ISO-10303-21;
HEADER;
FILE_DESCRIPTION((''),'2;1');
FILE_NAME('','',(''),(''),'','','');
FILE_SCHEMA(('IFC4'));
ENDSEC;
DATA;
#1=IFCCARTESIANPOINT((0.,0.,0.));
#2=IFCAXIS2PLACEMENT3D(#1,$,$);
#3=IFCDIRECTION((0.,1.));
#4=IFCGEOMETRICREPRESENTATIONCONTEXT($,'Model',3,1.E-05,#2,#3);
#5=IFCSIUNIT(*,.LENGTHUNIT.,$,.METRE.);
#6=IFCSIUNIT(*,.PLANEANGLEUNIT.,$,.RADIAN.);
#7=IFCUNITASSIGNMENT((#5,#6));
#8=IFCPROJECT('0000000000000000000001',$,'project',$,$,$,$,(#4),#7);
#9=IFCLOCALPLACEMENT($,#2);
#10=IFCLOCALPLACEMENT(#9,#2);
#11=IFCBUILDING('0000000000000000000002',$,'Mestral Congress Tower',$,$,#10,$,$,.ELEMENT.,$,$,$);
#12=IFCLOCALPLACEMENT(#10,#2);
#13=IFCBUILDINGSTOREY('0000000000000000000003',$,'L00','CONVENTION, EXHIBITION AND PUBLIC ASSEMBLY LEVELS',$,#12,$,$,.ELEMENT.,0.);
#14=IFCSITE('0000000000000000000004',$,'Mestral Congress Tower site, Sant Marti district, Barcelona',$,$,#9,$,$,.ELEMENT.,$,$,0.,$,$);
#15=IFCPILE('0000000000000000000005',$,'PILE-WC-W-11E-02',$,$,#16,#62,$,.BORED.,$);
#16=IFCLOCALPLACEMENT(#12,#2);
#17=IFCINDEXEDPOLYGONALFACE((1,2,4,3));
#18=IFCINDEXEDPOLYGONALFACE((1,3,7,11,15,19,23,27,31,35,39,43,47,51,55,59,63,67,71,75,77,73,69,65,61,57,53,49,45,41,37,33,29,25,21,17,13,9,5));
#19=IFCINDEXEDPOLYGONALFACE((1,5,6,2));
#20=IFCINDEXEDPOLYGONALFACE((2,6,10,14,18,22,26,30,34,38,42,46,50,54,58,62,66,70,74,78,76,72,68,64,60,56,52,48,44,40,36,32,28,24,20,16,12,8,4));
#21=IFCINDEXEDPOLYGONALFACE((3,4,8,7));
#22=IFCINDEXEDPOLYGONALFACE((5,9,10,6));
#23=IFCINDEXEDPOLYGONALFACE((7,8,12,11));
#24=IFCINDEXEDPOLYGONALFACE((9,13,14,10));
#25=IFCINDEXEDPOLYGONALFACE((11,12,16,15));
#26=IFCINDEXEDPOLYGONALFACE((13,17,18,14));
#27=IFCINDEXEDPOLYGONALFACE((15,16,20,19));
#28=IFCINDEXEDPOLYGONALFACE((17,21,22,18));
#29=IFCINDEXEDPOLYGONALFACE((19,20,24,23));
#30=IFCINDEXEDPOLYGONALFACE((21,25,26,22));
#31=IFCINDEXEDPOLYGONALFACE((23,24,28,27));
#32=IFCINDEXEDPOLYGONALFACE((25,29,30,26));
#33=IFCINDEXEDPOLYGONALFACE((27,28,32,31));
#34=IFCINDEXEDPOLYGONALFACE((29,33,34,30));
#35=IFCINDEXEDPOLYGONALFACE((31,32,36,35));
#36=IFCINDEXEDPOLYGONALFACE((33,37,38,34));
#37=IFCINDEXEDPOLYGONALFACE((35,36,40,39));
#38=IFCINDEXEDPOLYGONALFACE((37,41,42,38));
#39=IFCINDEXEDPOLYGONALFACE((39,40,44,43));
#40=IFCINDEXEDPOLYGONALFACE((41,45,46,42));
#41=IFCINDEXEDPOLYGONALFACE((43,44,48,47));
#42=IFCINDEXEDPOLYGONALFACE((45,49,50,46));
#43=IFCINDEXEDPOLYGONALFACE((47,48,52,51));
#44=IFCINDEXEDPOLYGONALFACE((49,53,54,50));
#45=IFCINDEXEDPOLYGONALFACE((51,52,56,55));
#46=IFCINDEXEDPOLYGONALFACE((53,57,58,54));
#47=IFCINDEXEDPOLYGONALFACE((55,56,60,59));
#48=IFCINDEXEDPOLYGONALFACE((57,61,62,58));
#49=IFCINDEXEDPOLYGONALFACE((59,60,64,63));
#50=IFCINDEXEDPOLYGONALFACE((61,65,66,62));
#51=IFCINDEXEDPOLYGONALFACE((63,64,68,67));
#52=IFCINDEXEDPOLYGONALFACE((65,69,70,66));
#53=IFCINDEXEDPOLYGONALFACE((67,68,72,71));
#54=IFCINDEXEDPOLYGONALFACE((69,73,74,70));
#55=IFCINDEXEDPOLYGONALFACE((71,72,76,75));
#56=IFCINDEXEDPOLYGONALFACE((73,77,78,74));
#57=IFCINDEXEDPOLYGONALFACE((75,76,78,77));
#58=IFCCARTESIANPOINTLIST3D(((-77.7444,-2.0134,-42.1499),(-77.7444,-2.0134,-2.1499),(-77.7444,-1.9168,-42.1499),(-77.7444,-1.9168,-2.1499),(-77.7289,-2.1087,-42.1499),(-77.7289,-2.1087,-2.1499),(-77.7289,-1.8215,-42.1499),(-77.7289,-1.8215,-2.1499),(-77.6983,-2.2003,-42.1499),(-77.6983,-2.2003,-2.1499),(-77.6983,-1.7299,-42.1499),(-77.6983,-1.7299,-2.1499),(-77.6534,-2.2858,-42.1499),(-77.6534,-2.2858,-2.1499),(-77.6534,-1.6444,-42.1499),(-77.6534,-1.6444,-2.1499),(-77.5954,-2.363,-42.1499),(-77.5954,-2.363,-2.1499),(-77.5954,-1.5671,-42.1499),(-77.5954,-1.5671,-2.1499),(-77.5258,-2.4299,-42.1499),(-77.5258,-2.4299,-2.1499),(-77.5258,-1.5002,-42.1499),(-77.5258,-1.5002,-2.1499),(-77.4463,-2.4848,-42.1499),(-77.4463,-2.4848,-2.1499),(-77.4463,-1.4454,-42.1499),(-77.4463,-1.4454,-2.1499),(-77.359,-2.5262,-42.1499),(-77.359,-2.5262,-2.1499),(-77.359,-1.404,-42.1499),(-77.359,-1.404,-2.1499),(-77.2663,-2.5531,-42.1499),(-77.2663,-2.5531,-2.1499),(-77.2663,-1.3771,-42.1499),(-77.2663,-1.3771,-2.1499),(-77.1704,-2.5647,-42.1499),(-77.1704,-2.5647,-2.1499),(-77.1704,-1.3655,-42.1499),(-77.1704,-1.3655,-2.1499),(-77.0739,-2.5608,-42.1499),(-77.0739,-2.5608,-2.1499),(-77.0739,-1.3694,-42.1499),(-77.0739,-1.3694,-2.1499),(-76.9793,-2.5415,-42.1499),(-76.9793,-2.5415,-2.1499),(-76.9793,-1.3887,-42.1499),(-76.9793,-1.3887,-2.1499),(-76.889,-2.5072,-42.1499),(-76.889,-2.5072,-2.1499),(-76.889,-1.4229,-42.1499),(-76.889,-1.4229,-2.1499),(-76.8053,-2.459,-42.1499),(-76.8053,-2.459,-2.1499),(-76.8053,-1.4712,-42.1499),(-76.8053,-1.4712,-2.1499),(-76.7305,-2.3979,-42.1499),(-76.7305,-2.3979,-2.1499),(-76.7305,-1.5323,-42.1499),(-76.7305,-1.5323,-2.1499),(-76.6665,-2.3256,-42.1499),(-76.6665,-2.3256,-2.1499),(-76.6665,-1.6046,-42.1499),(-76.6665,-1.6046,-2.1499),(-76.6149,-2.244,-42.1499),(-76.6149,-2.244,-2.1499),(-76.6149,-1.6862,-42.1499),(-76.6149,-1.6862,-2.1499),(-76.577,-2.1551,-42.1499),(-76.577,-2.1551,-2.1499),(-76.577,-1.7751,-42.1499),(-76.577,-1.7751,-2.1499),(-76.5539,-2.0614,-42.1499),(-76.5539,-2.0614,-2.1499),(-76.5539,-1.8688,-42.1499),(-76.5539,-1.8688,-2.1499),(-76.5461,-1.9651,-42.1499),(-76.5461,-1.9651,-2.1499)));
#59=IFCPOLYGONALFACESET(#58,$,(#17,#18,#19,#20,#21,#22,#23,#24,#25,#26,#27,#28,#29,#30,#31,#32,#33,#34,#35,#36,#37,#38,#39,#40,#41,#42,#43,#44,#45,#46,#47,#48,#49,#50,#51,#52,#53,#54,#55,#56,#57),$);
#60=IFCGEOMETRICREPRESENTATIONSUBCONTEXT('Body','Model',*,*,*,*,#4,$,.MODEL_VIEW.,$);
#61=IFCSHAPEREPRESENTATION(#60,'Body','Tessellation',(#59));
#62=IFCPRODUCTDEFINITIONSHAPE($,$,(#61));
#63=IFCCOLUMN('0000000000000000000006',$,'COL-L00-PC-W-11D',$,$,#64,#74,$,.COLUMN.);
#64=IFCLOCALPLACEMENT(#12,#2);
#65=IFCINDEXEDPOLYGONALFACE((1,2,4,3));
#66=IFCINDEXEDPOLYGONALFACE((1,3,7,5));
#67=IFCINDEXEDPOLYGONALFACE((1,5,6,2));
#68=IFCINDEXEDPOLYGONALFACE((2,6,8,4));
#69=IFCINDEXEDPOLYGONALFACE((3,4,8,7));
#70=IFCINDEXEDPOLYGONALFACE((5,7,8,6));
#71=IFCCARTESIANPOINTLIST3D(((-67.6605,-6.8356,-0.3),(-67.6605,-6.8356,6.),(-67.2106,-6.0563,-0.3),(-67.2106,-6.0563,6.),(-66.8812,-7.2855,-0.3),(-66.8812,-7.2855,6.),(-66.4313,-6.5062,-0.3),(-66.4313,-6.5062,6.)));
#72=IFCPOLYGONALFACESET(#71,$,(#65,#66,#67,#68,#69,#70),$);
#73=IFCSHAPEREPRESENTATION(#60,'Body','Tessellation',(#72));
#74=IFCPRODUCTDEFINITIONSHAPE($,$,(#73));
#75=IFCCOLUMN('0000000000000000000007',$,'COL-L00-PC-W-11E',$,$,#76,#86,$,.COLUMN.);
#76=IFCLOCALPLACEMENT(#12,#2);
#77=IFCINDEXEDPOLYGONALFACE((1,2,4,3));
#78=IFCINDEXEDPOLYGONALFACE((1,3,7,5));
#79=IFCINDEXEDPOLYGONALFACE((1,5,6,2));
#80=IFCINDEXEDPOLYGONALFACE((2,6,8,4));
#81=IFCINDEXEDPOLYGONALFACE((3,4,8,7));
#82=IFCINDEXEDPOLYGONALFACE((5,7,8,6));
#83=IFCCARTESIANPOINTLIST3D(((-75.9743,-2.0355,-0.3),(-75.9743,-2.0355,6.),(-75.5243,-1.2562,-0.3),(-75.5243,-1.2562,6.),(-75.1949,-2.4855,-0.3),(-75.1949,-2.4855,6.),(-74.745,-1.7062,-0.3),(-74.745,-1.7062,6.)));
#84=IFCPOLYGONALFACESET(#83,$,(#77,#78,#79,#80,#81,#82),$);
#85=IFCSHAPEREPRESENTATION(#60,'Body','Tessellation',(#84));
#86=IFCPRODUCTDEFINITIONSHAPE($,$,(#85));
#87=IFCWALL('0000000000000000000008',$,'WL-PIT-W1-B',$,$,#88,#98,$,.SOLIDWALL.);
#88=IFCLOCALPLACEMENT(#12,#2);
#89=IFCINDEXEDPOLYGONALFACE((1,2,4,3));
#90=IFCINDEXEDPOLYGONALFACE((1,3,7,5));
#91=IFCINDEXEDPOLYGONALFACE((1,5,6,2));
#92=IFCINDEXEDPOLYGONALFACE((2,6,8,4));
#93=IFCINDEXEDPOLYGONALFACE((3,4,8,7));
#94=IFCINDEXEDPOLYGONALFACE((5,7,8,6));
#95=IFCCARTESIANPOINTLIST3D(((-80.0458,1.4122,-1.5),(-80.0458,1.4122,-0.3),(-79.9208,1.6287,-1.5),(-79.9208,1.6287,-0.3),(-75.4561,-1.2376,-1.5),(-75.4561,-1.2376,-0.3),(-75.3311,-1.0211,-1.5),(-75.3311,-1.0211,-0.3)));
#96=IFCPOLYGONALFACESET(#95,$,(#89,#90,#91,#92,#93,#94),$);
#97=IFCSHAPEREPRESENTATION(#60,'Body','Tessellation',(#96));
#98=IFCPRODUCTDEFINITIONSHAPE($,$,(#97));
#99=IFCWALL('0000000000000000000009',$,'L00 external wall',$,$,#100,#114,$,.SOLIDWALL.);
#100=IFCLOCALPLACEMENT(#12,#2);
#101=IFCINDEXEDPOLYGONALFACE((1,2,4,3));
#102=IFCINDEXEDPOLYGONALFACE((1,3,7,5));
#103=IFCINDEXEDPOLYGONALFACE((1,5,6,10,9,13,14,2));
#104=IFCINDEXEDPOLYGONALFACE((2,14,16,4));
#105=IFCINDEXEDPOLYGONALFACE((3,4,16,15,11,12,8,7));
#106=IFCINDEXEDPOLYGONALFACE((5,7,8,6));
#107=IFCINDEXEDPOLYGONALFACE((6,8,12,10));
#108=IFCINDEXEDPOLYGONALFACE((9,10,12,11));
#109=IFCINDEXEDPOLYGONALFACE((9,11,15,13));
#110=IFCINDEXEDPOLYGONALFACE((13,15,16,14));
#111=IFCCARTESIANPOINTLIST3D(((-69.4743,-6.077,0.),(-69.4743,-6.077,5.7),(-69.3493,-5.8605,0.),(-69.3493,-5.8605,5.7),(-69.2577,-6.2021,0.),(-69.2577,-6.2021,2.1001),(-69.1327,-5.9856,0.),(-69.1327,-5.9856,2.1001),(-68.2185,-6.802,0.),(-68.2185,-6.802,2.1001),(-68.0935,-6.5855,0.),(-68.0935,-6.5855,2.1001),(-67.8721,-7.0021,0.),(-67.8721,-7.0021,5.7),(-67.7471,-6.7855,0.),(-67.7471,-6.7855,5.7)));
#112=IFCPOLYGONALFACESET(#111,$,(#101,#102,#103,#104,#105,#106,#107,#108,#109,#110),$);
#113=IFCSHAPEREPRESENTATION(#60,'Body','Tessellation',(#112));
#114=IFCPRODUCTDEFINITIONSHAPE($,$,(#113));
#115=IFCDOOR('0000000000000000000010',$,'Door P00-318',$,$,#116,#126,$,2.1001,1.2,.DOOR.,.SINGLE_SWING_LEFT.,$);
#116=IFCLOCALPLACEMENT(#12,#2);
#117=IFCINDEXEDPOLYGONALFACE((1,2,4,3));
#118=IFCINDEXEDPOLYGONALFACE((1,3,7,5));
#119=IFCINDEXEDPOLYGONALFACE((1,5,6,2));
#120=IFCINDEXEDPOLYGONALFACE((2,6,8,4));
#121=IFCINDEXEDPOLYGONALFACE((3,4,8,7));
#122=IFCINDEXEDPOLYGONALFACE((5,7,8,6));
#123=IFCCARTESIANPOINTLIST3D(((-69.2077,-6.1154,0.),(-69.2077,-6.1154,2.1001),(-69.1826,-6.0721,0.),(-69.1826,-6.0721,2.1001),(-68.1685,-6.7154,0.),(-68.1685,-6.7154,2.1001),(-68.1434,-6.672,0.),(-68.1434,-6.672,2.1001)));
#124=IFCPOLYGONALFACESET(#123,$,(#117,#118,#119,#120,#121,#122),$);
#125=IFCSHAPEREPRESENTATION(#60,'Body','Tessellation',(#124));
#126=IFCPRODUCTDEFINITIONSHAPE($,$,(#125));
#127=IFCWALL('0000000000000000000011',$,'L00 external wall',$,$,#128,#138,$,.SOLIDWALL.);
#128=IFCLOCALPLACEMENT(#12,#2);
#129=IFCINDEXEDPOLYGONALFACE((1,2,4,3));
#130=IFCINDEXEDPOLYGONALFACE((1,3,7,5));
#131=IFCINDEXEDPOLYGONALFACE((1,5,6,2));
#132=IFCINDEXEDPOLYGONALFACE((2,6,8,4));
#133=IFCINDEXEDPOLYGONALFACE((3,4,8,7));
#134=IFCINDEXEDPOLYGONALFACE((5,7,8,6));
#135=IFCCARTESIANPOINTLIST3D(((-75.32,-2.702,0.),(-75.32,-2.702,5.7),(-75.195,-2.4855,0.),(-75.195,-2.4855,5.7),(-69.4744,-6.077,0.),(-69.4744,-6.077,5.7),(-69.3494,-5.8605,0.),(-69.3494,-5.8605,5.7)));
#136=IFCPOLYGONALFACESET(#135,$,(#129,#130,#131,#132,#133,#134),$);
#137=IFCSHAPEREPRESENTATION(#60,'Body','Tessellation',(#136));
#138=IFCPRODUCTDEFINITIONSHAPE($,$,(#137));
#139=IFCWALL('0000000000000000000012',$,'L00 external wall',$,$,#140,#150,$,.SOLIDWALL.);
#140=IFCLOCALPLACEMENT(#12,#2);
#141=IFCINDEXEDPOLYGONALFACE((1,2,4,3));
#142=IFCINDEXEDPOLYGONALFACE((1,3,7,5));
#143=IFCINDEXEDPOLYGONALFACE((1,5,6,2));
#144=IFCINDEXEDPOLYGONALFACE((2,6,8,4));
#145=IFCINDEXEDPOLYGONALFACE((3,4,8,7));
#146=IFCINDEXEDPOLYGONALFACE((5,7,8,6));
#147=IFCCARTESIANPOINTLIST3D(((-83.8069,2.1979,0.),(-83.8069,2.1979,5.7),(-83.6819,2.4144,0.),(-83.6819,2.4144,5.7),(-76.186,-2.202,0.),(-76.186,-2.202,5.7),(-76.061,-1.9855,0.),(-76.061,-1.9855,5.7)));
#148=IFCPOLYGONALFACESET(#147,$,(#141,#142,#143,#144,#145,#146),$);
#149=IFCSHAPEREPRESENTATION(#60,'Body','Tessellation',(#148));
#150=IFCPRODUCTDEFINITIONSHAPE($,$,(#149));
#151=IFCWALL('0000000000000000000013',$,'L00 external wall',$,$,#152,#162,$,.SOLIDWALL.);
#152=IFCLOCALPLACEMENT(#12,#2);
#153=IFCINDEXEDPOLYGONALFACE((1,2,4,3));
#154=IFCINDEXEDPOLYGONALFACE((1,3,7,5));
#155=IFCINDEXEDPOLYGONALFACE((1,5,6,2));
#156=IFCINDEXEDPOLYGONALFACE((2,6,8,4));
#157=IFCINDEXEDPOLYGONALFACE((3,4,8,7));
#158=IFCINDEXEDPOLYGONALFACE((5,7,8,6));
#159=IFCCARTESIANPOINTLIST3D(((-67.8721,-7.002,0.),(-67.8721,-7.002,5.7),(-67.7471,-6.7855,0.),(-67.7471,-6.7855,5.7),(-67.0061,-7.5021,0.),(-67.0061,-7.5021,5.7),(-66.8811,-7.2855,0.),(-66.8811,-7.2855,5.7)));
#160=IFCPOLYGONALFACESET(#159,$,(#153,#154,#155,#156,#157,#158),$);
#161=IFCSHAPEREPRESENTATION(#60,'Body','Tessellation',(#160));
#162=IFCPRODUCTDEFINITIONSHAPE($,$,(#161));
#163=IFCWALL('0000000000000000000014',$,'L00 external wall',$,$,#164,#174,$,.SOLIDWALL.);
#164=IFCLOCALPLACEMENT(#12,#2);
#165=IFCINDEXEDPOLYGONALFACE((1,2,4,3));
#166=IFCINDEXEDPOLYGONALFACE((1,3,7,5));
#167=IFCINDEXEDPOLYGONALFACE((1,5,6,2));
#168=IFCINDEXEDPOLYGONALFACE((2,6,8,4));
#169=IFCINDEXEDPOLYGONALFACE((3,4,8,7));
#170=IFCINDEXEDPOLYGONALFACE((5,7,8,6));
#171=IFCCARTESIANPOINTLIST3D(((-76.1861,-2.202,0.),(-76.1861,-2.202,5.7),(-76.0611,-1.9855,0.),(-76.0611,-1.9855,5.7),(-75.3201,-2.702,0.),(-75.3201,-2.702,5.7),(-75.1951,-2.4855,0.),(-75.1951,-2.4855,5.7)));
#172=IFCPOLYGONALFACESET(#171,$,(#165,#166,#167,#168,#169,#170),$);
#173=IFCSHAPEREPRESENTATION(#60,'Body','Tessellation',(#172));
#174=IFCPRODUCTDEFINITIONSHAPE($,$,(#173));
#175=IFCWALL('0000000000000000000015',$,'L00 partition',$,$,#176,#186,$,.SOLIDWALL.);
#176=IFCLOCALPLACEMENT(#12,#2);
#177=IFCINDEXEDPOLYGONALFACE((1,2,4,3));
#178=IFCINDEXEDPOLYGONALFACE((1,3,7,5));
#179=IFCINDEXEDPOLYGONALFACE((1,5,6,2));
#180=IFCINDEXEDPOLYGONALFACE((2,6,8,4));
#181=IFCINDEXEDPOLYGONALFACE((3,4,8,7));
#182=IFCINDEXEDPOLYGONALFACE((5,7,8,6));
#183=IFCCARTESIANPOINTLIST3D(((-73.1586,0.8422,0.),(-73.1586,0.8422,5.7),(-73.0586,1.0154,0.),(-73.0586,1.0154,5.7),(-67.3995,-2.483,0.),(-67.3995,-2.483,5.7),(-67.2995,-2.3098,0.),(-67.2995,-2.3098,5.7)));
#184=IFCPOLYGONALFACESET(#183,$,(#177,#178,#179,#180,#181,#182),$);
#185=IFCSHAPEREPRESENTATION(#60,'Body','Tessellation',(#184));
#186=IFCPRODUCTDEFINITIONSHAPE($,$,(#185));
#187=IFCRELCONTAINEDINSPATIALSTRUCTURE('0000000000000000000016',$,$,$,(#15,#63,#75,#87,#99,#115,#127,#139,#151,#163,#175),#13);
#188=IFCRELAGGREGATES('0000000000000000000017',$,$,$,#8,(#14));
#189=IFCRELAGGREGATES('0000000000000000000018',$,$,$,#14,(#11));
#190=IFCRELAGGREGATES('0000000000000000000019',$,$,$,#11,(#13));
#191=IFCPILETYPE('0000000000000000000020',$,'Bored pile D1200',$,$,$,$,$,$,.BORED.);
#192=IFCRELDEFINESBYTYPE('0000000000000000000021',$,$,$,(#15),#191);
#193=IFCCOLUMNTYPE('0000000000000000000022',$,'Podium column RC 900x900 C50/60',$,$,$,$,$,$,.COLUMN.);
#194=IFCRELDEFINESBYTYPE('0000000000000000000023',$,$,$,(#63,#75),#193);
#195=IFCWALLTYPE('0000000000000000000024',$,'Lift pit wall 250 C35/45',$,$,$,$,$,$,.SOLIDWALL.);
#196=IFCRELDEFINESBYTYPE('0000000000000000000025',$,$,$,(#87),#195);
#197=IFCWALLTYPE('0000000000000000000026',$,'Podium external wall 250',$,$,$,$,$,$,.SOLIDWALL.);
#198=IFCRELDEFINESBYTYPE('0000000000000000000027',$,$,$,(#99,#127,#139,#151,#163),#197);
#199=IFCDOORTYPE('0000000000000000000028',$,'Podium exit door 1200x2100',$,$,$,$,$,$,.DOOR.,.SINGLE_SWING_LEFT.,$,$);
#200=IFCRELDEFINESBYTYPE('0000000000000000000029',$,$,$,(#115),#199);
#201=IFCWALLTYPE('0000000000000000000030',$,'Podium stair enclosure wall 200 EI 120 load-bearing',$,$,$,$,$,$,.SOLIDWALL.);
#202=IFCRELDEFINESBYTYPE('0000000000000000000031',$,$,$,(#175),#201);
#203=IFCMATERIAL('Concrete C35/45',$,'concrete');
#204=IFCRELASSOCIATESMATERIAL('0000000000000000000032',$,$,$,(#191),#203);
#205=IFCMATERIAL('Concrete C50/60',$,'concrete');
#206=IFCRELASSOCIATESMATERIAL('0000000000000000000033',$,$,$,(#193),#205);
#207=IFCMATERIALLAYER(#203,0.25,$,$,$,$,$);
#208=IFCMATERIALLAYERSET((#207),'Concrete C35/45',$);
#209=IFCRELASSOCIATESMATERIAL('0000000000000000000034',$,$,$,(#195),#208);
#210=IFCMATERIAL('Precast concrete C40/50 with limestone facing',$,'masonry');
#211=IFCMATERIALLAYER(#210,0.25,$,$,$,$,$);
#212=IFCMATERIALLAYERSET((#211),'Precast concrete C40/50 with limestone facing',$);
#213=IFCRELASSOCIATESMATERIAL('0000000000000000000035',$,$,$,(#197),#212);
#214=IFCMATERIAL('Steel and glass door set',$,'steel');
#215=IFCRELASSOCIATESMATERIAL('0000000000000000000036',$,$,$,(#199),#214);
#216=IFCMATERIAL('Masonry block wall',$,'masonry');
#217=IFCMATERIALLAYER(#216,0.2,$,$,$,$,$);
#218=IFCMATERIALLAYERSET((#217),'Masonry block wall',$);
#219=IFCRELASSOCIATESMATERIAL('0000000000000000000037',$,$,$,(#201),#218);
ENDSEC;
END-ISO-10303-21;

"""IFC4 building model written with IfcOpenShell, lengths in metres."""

from ifc_helpers import new_model, si_unit, direction, frame, frame_2d, origin, origin_2d, place, context, subcontext, project, spatial, rectangle, circle, extrude, material, layer, layer_set, material_profile, profile_set, type_object, element, fill, save


model = new_model("IFC4")

# Units and contexts
model_context = context("Model", 3, precision=1e-05, world=origin(), true_north=direction((0.0, 1.0)))
body_context = subcontext(model_context, "Body", "Model", "MODEL_VIEW")
ifc_project = project(units=[si_unit("LENGTHUNIT", "METRE"), si_unit("PLANEANGLEUNIT", "RADIAN")], contexts=[model_context])

# Site, building, storey
site_placement = place(None, origin())
site = spatial("IfcSite", under=ifc_project, at=site_placement, Name="Mestral Congress Tower site, Sant Marti district, Barcelona", CompositionType="ELEMENT", RefElevation=0.0)
building_placement = place(site_placement, origin())
building = spatial("IfcBuilding", under=site, at=building_placement, Name="Mestral Congress Tower", CompositionType="ELEMENT")
storey_placement = place(building_placement, origin())
storey = spatial("IfcBuildingStorey", under=building, at=storey_placement, Name="L00", Description="CONVENTION, EXHIBITION AND PUBLIC ASSEMBLY LEVELS", CompositionType="ELEMENT", Elevation=0.0)

# Pile
ifc_material_1 = material(Name="Concrete C35/45", Category="concrete")
ifc_material_profile_1 = material_profile(ifc_material_1, circle(Radius=0.6001, at=origin_2d()), Name="D1200")
ifc_profile_set_1 = profile_set([ifc_material_profile_1], Name="Concrete C35/45")
pile_type = type_object("IfcPileType", Name="Bored pile D1200", PredefinedType="BORED", material=ifc_profile_set_1)
for number, where, z_axis, x_axis, name in (
    (1, (-77.1462, -1.9651, -2.1499), (0.0, 0.0, -1.0), (1.0, 0.0, 0.0), "PILE-WC-W-11E-02"),
):
    element("IfcPile", number, at=place(storey_placement, frame(where, z_axis=z_axis, x_axis=x_axis)), inside=storey, type_object=pile_type, Name=name, PredefinedType="BORED", context=body_context, shape_type="SweptSolid", body=[
        extrude(circle(Radius=0.6001, at=origin_2d()), origin(), (0.0, 0.0, 1.0), 40.0),
    ])

# Columns
ifc_material_2 = material(Name="Concrete C50/60", Category="concrete")
ifc_material_profile_2 = material_profile(ifc_material_2, rectangle(XDim=0.8999, YDim=0.8999, at=origin_2d()), Name="RC 900x900")
ifc_profile_set_2 = profile_set([ifc_material_profile_2], Name="Concrete C50/60")
column_type = type_object("IfcColumnType", Name="Podium column RC 900x900 C50/60", PredefinedType="COLUMN", material=ifc_profile_set_2)
for number, where, z_axis, x_axis, name in (
    (2, (-67.0459, -6.6709, -0.3), (0.0, 0.0, 1.0), (-0.5, -0.866025, 0.0), "COL-L00-PC-W-11D"),
    (3, (-75.3596, -1.8708, -0.3), (0.0, 0.0, 1.0), (-0.5, -0.866025, 0.0), "COL-L00-PC-W-11E"),
):
    element("IfcColumn", number, at=place(storey_placement, frame(where, z_axis=z_axis, x_axis=x_axis)), inside=storey, type_object=column_type, Name=name, PredefinedType="COLUMN", context=body_context, shape_type="SweptSolid", body=[
        extrude(rectangle(XDim=0.8999, YDim=0.8999, at=origin_2d()), origin(), (0.0, 0.0, 1.0), 6.3),
    ])

# Wall
ifc_layer_1 = layer(ifc_material_1, 0.25)
ifc_layer_set_1 = layer_set([ifc_layer_1], Name="Concrete C35/45")
wall_type_1 = type_object("IfcWallType", Name="Lift pit wall 250 C35/45", PredefinedType="SOLIDWALL", material=ifc_layer_set_1)
wall_1_placement = place(storey_placement, frame((-75.3936, -1.1294, -1.5), z_axis=(0.0, 0.0, 1.0), x_axis=(-0.866029, 0.499994, 0.0)))
element("IfcWall", 4, at=wall_1_placement, inside=storey, type_object=wall_type_1, Name="WL-PIT-W1-B", PredefinedType="SOLIDWALL", context=body_context, shape_type="SweptSolid", body=[
    extrude(rectangle(XDim=5.2998, YDim=0.25, at=frame_2d((2.6499, 0.0))), origin(), (0.0, 0.0, 1.0), 1.2),
])

# Wall, opening, door
ifc_material_3 = material(Name="Precast concrete C40/50 with limestone facing", Category="masonry")
ifc_layer_2 = layer(ifc_material_3, 0.25)
ifc_layer_set_2 = layer_set([ifc_layer_2], Name="Precast concrete C40/50 with limestone facing")
wall_type_2 = type_object("IfcWallType", Name="Podium external wall 250", PredefinedType="SOLIDWALL", material=ifc_layer_set_2)
wall_2_placement = place(storey_placement, frame((-67.8096, -6.8938, 0.0), z_axis=(0.0, 0.0, 1.0), x_axis=(-0.866034, 0.499985, 0.0)))
wall_2 = element("IfcWall", 5, at=wall_2_placement, inside=storey, type_object=wall_type_2, Name="L00 external wall", PredefinedType="SOLIDWALL", context=body_context, shape_type="SweptSolid", body=[
    extrude(rectangle(XDim=1.8501, YDim=0.25, at=frame_2d((0.925, 0.0))), origin(), (0.0, 0.0, 1.0), 5.7),
])
opening_placement = place(wall_2_placement, frame((0.3999, 0.0, 0.0)))
opening = element("IfcOpeningElement", 6, at=opening_placement, cuts=wall_2, PredefinedType="OPENING", context=body_context, shape_type="SweptSolid", body=[
    extrude(rectangle(XDim=1.2, YDim=2.1001, at=frame_2d((0.6001, 1.05))), frame((0.0, 0.135, 0.0), z_axis=(0.0, -1.0, 0.0), x_axis=(1.0, 0.0, 0.0)), (0.0, 0.0, 1.0), 0.27),
])
ifc_material_4 = material(Name="Steel and glass door set", Category="steel")
door_type = type_object("IfcDoorType", Name="Podium exit door 1200x2100", OperationType="SINGLE_SWING_LEFT", PredefinedType="DOOR", material=ifc_material_4)
door_placement = place(opening_placement, origin())
door = element("IfcDoor", 7, at=door_placement, inside=storey, type_object=door_type, Name="Door P00-318", OperationType="SINGLE_SWING_LEFT", OverallHeight=2.1001, OverallWidth=1.2, PredefinedType="DOOR", context=body_context, shape_type="SweptSolid", body=[
    extrude(rectangle(XDim=1.2, YDim=2.1001, at=frame_2d((0.6001, 1.05))), frame((0.0, 0.0249, 0.0), z_axis=(0.0, -1.0, 0.0), x_axis=(1.0, 0.0, 0.0)), (0.0, 0.0, 1.0), 0.05),
])
fill(opening, door)

# Walls
wall_3_placement = place(storey_placement, frame((-69.4119, -5.9688, 0.0), z_axis=(0.0, 0.0, 1.0), x_axis=(-0.866027, 0.499998, 0.0)))
element("IfcWall", 8, at=wall_3_placement, inside=storey, type_object=wall_type_2, Name="L00 external wall", PredefinedType="SOLIDWALL", context=body_context, shape_type="SweptSolid", body=[
    extrude(rectangle(XDim=6.75, YDim=0.25, at=frame_2d((3.375, 0.0))), origin(), (0.0, 0.0, 1.0), 5.7),
])
wall_4_placement = place(storey_placement, frame((-76.1235, -2.0938, 0.0), z_axis=(0.0, 0.0, 1.0), x_axis=(-0.866025, 0.5, 0.0)))
element("IfcWall", 9, at=wall_4_placement, inside=storey, type_object=wall_type_2, Name="L00 external wall", PredefinedType="SOLIDWALL", context=body_context, shape_type="SweptSolid", body=[
    extrude(rectangle(XDim=8.7998, YDim=0.25, at=frame_2d((4.3999, 0.0))), origin(), (0.0, 0.0, 1.0), 5.7),
])
for number, where, z_axis, x_axis, name in (
    (10, (-66.9436, -7.3938, 0.0), (0.0, 0.0, 1.0), (-0.866011, 0.500025, 0.0), "L00 external wall"),
    (11, (-75.2576, -2.5938, 0.0), (0.0, 0.0, 1.0), (-0.866011, 0.500025, 0.0), "L00 external wall"),
):
    element("IfcWall", number, at=place(storey_placement, frame(where, z_axis=z_axis, x_axis=x_axis)), inside=storey, type_object=wall_type_2, Name=name, PredefinedType="SOLIDWALL", context=body_context, shape_type="SweptSolid", body=[
        extrude(rectangle(XDim=1.0, YDim=0.25, at=frame_2d((0.5, 0.0))), origin(), (0.0, 0.0, 1.0), 5.7),
    ])
ifc_material_5 = material(Name="Masonry block wall", Category="masonry")
ifc_layer_3 = layer(ifc_material_5, 0.2)
ifc_layer_set_3 = layer_set([ifc_layer_3], Name="Masonry block wall")
wall_type_3 = type_object("IfcWallType", Name="Podium stair enclosure wall 200 EI 120 load-bearing", PredefinedType="SOLIDWALL", material=ifc_layer_set_3)
wall_5_placement = place(storey_placement, frame((-67.3494, -2.3965, 0.0), z_axis=(0.0, 0.0, 1.0), x_axis=(-0.866011, 0.500024, 0.0)))
element("IfcWall", 12, at=wall_5_placement, inside=storey, type_object=wall_type_3, Name="L00 partition", PredefinedType="SOLIDWALL", context=body_context, shape_type="SweptSolid", body=[
    extrude(rectangle(XDim=6.6501, YDim=0.2, at=frame_2d((3.3252, 0.0))), origin(), (0.0, 0.0, 1.0), 5.7),
])

save(model, "model.ifc")
